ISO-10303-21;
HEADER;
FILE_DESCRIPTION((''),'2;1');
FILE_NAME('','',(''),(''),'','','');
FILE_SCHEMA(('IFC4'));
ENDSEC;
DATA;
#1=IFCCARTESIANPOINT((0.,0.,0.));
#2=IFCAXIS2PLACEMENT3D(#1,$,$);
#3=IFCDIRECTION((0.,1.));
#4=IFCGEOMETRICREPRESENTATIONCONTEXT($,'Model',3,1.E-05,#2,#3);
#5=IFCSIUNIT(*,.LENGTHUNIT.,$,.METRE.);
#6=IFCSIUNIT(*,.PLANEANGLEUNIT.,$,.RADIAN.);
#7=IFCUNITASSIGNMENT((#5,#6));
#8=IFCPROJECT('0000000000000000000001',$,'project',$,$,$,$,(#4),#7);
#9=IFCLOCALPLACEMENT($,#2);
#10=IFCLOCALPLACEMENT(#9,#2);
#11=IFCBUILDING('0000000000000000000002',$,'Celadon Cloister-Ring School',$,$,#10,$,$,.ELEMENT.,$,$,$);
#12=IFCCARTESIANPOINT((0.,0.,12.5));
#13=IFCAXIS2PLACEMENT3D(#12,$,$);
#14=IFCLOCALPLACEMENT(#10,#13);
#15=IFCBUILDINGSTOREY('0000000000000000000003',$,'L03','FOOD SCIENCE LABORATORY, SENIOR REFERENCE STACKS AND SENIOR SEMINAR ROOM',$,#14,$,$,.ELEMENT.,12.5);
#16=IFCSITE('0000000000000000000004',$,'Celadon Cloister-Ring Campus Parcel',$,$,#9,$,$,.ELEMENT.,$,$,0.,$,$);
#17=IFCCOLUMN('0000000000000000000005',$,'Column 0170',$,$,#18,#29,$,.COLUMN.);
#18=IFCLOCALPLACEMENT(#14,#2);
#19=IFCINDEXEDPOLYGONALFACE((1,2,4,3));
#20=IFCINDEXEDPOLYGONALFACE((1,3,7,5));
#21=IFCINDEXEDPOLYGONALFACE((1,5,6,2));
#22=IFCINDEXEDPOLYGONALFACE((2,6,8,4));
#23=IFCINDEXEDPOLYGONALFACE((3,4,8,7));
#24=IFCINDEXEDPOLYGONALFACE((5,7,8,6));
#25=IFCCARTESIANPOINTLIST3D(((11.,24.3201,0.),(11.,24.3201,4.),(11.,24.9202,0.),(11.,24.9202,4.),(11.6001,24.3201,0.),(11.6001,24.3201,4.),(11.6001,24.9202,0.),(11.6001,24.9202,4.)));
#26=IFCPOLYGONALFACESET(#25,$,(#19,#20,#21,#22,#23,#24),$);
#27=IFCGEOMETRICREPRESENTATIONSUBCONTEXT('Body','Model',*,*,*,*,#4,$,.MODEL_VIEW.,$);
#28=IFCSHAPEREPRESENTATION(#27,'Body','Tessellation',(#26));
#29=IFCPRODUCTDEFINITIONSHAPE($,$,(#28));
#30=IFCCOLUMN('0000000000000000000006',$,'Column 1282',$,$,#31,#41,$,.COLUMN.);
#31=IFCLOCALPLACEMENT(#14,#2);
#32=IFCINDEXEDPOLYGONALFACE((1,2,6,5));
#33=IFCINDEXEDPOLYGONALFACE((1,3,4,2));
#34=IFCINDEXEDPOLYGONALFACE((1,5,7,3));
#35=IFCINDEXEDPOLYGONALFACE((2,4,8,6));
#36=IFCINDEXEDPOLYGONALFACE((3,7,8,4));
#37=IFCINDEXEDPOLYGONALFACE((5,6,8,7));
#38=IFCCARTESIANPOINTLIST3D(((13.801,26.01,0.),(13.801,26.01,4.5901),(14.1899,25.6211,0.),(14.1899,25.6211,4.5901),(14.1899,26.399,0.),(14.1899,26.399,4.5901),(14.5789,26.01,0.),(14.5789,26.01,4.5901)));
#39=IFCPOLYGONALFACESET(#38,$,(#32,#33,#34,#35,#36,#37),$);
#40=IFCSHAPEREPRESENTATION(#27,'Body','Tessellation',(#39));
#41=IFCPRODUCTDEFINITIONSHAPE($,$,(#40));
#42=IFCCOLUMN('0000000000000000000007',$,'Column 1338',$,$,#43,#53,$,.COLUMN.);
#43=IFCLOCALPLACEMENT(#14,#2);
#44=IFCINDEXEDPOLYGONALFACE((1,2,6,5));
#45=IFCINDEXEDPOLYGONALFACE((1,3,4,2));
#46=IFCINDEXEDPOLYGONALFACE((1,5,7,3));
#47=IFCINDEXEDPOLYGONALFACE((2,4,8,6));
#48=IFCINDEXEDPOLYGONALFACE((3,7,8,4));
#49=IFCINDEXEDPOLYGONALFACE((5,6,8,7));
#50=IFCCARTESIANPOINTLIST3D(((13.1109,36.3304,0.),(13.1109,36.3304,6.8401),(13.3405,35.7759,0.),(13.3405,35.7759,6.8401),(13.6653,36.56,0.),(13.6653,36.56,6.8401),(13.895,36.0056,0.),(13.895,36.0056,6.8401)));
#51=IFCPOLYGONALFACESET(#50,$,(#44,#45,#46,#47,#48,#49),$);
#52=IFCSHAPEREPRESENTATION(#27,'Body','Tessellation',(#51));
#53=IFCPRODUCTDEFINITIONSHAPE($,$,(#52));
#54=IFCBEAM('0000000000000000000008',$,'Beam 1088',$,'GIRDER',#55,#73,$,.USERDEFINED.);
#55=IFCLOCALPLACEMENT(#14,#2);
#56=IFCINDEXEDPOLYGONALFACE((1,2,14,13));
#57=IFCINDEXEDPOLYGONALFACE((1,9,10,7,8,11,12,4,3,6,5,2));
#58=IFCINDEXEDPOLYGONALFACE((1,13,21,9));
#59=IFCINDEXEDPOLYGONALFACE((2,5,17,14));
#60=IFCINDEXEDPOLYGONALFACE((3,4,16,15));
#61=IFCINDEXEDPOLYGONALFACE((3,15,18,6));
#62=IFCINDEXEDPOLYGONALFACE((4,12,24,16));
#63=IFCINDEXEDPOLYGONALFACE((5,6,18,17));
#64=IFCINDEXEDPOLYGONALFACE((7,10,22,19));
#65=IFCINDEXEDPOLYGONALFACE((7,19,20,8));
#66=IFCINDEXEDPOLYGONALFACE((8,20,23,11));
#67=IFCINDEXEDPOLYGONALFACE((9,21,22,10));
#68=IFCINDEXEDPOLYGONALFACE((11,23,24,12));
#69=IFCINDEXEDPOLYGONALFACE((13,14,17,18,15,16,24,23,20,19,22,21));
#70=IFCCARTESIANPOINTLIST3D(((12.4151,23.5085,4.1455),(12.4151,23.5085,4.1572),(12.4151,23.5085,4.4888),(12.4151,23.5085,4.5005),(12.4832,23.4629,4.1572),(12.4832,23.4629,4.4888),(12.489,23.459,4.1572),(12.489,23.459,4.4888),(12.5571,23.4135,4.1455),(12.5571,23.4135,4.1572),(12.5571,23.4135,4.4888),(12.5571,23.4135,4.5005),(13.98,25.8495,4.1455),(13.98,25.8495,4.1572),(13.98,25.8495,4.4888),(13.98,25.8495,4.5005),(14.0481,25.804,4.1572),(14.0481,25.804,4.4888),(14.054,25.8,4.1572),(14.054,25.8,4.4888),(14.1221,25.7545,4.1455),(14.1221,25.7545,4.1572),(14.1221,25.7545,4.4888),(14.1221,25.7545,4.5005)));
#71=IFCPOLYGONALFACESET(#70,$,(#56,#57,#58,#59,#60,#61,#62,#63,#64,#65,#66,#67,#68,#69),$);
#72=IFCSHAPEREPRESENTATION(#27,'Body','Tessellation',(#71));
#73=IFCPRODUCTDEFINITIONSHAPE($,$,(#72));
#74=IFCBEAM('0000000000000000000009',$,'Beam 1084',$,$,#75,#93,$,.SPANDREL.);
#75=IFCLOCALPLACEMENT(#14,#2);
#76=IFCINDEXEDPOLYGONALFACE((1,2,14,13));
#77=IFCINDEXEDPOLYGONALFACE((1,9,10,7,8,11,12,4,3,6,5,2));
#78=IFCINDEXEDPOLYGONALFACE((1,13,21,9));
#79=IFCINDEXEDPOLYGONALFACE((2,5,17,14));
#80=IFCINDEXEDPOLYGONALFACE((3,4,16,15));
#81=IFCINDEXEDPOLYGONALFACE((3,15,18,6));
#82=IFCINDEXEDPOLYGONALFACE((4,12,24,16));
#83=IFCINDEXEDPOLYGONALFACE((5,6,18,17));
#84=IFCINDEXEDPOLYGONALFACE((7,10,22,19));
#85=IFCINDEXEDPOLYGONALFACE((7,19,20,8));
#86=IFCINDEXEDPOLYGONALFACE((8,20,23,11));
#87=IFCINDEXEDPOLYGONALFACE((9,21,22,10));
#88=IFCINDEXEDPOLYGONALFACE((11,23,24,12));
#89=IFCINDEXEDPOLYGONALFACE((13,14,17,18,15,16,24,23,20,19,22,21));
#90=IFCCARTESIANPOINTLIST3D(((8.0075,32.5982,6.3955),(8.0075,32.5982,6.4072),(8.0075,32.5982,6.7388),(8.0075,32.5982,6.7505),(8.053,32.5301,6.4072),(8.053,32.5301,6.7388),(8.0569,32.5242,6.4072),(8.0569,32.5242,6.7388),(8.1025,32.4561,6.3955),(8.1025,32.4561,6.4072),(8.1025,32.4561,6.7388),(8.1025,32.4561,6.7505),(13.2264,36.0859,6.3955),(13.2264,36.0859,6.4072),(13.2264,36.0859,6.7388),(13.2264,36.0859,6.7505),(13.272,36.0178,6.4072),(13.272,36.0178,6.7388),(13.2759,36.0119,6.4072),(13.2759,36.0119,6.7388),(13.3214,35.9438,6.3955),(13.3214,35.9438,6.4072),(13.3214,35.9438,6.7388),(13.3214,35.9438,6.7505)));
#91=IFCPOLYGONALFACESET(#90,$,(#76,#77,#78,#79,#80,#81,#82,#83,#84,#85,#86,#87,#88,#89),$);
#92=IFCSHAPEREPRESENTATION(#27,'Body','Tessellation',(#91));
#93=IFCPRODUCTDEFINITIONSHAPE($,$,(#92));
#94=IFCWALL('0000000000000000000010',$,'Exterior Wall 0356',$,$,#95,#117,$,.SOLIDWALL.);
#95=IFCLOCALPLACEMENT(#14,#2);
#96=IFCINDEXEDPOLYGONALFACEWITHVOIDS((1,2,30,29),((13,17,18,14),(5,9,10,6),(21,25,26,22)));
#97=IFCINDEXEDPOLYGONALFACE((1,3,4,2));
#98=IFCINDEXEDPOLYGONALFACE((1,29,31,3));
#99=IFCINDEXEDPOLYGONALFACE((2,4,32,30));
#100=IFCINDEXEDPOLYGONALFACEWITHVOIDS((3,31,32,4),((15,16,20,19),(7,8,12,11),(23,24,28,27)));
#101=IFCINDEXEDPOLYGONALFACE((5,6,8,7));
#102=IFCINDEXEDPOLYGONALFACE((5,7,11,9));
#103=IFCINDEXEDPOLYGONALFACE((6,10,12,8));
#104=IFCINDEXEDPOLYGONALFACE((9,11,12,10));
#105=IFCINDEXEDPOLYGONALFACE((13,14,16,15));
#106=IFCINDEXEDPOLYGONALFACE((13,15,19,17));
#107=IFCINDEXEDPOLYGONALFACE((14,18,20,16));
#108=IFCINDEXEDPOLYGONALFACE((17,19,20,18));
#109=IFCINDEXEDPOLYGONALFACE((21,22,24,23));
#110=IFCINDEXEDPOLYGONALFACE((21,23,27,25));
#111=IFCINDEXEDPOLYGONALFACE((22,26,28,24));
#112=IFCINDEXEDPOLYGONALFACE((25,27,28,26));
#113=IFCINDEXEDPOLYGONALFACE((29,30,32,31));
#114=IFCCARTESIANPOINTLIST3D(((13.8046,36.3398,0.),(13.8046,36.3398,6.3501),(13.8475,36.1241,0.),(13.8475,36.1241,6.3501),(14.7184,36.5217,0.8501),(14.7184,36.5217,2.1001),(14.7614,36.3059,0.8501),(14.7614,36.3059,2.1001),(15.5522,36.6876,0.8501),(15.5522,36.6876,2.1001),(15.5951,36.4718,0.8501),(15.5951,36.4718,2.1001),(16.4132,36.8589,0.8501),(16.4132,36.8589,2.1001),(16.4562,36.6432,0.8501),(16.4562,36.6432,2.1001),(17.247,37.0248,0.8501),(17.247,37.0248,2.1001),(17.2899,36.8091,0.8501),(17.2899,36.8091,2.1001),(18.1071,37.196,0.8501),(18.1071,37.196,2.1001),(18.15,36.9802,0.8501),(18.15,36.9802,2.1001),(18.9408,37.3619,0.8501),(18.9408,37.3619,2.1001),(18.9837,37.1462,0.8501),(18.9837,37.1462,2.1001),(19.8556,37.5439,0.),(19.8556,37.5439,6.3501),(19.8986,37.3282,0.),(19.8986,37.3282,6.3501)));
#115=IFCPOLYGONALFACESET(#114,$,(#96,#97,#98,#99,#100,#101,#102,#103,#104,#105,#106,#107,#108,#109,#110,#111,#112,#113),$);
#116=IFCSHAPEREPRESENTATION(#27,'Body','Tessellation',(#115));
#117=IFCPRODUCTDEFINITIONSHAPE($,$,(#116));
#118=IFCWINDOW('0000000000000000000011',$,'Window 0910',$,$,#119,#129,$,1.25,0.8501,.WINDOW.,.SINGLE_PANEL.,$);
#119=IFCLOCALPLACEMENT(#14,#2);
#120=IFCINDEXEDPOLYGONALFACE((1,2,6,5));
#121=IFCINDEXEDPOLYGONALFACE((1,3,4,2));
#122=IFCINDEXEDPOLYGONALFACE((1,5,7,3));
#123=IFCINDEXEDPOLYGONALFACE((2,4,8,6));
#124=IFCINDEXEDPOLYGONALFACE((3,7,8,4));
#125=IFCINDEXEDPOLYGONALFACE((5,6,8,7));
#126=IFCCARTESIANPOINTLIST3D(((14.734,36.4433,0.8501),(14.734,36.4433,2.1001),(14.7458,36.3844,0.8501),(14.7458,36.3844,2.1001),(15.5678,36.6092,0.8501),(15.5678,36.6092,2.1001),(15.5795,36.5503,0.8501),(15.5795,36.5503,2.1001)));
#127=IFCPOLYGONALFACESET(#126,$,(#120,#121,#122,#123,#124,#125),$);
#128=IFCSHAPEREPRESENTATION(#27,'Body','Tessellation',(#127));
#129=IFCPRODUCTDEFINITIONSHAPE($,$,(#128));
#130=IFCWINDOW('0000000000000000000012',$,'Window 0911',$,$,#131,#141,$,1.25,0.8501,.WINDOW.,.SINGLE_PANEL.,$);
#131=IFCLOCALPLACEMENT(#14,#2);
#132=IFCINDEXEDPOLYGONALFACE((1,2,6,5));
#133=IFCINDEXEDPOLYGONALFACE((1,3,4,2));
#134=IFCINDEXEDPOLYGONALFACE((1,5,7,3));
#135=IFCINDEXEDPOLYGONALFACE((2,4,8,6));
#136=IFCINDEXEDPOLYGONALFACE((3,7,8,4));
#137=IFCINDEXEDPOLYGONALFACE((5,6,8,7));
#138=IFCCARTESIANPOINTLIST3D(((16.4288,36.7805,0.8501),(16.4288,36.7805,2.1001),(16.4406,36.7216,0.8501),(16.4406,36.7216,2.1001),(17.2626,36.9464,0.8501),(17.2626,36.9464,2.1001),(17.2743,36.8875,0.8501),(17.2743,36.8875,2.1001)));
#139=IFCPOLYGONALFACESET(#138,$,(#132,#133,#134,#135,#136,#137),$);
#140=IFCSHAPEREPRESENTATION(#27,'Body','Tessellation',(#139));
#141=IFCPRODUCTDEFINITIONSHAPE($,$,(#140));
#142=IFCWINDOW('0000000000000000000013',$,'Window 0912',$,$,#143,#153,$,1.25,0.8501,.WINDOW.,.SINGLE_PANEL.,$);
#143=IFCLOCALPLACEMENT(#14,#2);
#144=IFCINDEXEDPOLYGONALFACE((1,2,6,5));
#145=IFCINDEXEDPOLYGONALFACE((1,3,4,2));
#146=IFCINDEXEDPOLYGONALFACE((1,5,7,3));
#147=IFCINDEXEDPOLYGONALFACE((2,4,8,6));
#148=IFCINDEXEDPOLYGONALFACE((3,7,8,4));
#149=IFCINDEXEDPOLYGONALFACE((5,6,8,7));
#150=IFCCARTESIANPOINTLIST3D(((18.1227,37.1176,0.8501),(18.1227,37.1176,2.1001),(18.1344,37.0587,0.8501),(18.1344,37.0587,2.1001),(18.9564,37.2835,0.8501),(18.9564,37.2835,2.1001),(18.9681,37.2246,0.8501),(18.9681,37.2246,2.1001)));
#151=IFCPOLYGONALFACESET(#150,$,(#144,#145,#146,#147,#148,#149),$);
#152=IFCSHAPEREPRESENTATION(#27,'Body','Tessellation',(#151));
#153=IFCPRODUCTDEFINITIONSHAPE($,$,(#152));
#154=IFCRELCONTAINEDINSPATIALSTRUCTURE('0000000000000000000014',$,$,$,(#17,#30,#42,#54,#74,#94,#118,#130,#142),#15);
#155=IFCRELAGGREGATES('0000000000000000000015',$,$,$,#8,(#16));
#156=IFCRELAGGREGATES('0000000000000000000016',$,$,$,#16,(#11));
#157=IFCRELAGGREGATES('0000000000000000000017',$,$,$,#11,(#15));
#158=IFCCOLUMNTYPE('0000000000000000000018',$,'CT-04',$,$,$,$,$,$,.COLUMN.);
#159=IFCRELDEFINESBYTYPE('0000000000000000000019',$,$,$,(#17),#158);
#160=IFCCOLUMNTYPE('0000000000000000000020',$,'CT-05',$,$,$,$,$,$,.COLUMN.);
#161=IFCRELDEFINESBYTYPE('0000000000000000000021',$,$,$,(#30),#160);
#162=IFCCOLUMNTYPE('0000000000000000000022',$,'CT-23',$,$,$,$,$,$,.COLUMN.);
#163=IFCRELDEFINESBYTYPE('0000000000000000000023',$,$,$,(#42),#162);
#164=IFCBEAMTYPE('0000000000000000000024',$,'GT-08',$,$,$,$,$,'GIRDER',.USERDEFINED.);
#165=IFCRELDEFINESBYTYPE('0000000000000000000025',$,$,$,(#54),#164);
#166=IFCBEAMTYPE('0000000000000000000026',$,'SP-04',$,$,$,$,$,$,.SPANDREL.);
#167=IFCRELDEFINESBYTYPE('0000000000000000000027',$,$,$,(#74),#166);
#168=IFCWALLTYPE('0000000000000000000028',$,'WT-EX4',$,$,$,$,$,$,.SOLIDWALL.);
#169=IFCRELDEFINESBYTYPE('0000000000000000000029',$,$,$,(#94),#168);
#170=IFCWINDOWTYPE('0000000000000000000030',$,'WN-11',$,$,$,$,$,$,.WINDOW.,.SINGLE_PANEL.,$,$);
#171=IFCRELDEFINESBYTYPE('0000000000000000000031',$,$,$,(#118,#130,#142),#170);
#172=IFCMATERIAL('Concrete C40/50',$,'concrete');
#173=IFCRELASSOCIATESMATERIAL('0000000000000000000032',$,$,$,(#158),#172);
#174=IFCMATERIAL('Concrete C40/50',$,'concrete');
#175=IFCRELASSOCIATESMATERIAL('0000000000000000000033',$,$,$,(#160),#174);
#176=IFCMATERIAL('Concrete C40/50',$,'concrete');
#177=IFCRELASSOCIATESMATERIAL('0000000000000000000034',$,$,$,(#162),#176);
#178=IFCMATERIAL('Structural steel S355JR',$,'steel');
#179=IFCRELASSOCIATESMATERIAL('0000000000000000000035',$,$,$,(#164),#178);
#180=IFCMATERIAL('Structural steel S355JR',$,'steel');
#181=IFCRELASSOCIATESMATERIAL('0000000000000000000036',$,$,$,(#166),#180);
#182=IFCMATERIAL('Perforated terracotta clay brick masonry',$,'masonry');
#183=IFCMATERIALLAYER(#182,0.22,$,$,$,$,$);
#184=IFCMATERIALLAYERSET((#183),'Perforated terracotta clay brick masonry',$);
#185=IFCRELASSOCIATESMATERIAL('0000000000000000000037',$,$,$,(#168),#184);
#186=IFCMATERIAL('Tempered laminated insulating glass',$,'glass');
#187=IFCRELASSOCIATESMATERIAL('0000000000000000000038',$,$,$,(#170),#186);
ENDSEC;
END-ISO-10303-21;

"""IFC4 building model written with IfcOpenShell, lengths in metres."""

from ifc_helpers import new_model, si_unit, direction, frame, frame_2d, origin, origin_2d, place, context, subcontext, project, spatial, rectangle, i_section, extrude, material, layer, layer_set, material_profile, profile_set, type_object, element, fill, save


model = new_model("IFC4")

# Units and contexts
model_context = context("Model", 3, precision=1e-05, world=origin(), true_north=direction((0.0, 1.0)))
body_context = subcontext(model_context, "Body", "Model", "MODEL_VIEW")
ifc_project = project(units=[si_unit("LENGTHUNIT", "METRE"), si_unit("PLANEANGLEUNIT", "RADIAN")], contexts=[model_context])

# Site, building, storey
site_placement = place(None, origin())
site = spatial("IfcSite", under=ifc_project, at=site_placement, Name="Celadon Cloister-Ring Campus Parcel", CompositionType="ELEMENT", RefElevation=0.0)
building_placement = place(site_placement, origin())
building = spatial("IfcBuilding", under=site, at=building_placement, Name="Celadon Cloister-Ring School", CompositionType="ELEMENT")
storey_placement = place(building_placement, frame((0.0, 0.0, 12.5)))
storey = spatial("IfcBuildingStorey", under=building, at=storey_placement, Name="L03", Description="FOOD SCIENCE LABORATORY, SENIOR REFERENCE STACKS AND SENIOR SEMINAR ROOM", CompositionType="ELEMENT", Elevation=12.5)

# Columns
ifc_material_1 = material(Name="Concrete C40/50", Category="concrete")
ifc_material_profile_1 = material_profile(ifc_material_1, rectangle(XDim=0.6001, YDim=0.6001, at=origin_2d()), Name="RC600X600")
ifc_profile_set_1 = profile_set([ifc_material_profile_1], Name="Concrete C40/50")
column_type_1 = type_object("IfcColumnType", Name="CT-04", PredefinedType="COLUMN", material=ifc_profile_set_1)
column_1_placement = place(storey_placement, frame((11.3, 24.6201, 0.0), z_axis=(0.0, 0.0, 1.0), x_axis=(1.0, 0.0, 0.0)))
element("IfcColumn", 1, at=column_1_placement, inside=storey, type_object=column_type_1, Name="Column 0170", PredefinedType="COLUMN", context=body_context, shape_type="SweptSolid", body=[
    extrude(rectangle(XDim=0.6001, YDim=0.6001, at=origin_2d()), origin(), (0.0, 0.0, 1.0), 4.0),
])
ifc_material_2 = material(Name="Concrete C40/50", Category="concrete")
ifc_material_profile_2 = material_profile(ifc_material_2, rectangle(XDim=0.55, YDim=0.55, at=origin_2d()), Name="RC550X550")
ifc_profile_set_2 = profile_set([ifc_material_profile_2], Name="Concrete C40/50")
column_type_2 = type_object("IfcColumnType", Name="CT-05", PredefinedType="COLUMN", material=ifc_profile_set_2)
column_2_placement = place(storey_placement, frame((14.1899, 26.01, 0.0), z_axis=(0.0, 0.0, 1.0), x_axis=(-0.707107, 0.707107, 0.0)))
element("IfcColumn", 2, at=column_2_placement, inside=storey, type_object=column_type_2, Name="Column 1282", PredefinedType="COLUMN", context=body_context, shape_type="SweptSolid", body=[
    extrude(rectangle(XDim=0.55, YDim=0.55, at=origin_2d()), origin(), (0.0, 0.0, 1.0), 4.5901),
])
ifc_material_3 = material(Name="Concrete C40/50", Category="concrete")
ifc_material_profile_3 = material_profile(ifc_material_3, rectangle(XDim=0.6001, YDim=0.6001, at=origin_2d()), Name="RC600X600")
ifc_profile_set_3 = profile_set([ifc_material_profile_3], Name="Concrete C40/50")
column_type_3 = type_object("IfcColumnType", Name="CT-23", PredefinedType="COLUMN", material=ifc_profile_set_3)
column_3_placement = place(storey_placement, frame((13.5029, 36.168, 0.0), z_axis=(0.0, 0.0, 1.0), x_axis=(-0.382683, 0.92388, 0.0)))
element("IfcColumn", 3, at=column_3_placement, inside=storey, type_object=column_type_3, Name="Column 1338", PredefinedType="COLUMN", context=body_context, shape_type="SweptSolid", body=[
    extrude(rectangle(XDim=0.6001, YDim=0.6001, at=origin_2d()), origin(), (0.0, 0.0, 1.0), 6.8401),
])

# Beams
ifc_material_4 = material(Name="Structural steel S355JR", Category="steel")
ifc_material_profile_4 = material_profile(ifc_material_4, i_section(OverallWidth=0.1709, OverallDepth=0.355, WebThickness=0.0071, FlangeThickness=0.0117, at=origin_2d()), Name="W360X51")
ifc_profile_set_4 = profile_set([ifc_material_profile_4], Name="Structural steel S355JR")
beam_type_1 = type_object("IfcBeamType", Name="GT-08", ElementType="GIRDER", PredefinedType="USERDEFINED", material=ifc_profile_set_4)
beam_1_placement = place(storey_placement, frame((14.051, 25.802, 4.323), z_axis=(-0.55574, -0.831356, 0.0), x_axis=(0.831356, -0.55574, 0.0)))
element("IfcBeam", 4, at=beam_1_placement, inside=storey, type_object=beam_type_1, Name="Beam 1088", ObjectType="GIRDER", PredefinedType="USERDEFINED", context=body_context, shape_type="SweptSolid", body=[
    extrude(i_section(OverallWidth=0.1709, OverallDepth=0.355, WebThickness=0.0071, FlangeThickness=0.0117, at=origin_2d()), origin(), (0.0, 0.0, 1.0), 2.8159),
])
ifc_material_5 = material(Name="Structural steel S355JR", Category="steel")
ifc_material_profile_5 = material_profile(ifc_material_5, i_section(OverallWidth=0.1709, OverallDepth=0.355, WebThickness=0.0071, FlangeThickness=0.0117, at=origin_2d()), Name="W360X51")
ifc_profile_set_5 = profile_set([ifc_material_profile_5], Name="Structural steel S355JR")
beam_type_2 = type_object("IfcBeamType", Name="SP-04", PredefinedType="SPANDREL", material=ifc_profile_set_5)
beam_2_placement = place(storey_placement, frame((13.2739, 36.0149, 6.573), z_axis=(-0.831427, -0.555633, 0.0), x_axis=(0.555633, -0.831427, 0.0)))
element("IfcBeam", 5, at=beam_2_placement, inside=storey, type_object=beam_type_2, Name="Beam 1084", PredefinedType="SPANDREL", context=body_context, shape_type="SweptSolid", body=[
    extrude(i_section(OverallWidth=0.1709, OverallDepth=0.355, WebThickness=0.0071, FlangeThickness=0.0117, at=origin_2d()), origin(), (0.0, 0.0, 1.0), 6.2771),
])

# Wall, openings, windows
ifc_material_6 = material(Name="Perforated terracotta clay brick masonry", Category="masonry")
ifc_layer_1 = layer(ifc_material_6, 0.22)
ifc_layer_set_1 = layer_set([ifc_layer_1], Name="Perforated terracotta clay brick masonry")
wall_type_1 = type_object("IfcWallType", Name="WT-EX4", PredefinedType="SOLIDWALL", material=ifc_layer_set_1)
wall_1_placement = place(storey_placement, frame((13.8259, 36.2319, 0.0), z_axis=(0.0, 0.0, 1.0), x_axis=(0.98077, 0.195165, 0.0)))
wall_1 = element("IfcWall", 6, at=wall_1_placement, inside=storey, type_object=wall_type_1, Name="Exterior Wall 0356", PredefinedType="SOLIDWALL", context=body_context, shape_type="SweptSolid", body=[
    extrude(rectangle(XDim=6.1697, YDim=0.22, at=frame_2d((3.085, 0.0))), origin(), (0.0, 0.0, 1.0), 6.3501),
])
opening_1_placement = place(wall_1_placement, frame((0.9319, 0.0, 0.8501)))
opening_1 = element("IfcOpeningElement", 7, at=opening_1_placement, cuts=wall_1, PredefinedType="OPENING", context=body_context, shape_type="SweptSolid", body=[
    extrude(rectangle(XDim=0.8501, YDim=1.25, at=frame_2d((0.425, 0.625))), frame((0.0, 0.1201, 0.0), z_axis=(0.0, -1.0, 0.0), x_axis=(1.0, 0.0, 0.0)), (0.0, 0.0, 1.0), 0.24),
])
opening_2_placement = place(wall_1_placement, frame((2.6599, 0.0, 0.8501)))
opening_2 = element("IfcOpeningElement", 8, at=opening_2_placement, cuts=wall_1, PredefinedType="OPENING", context=body_context, shape_type="SweptSolid", body=[
    extrude(rectangle(XDim=0.8501, YDim=1.25, at=frame_2d((0.425, 0.625))), frame((0.0, 0.1201, 0.0), z_axis=(0.0, -1.0, 0.0), x_axis=(1.0, 0.0, 0.0)), (0.0, 0.0, 1.0), 0.24),
])
opening_3_placement = place(wall_1_placement, frame((4.387, 0.0, 0.8501)))
opening_3 = element("IfcOpeningElement", 9, at=opening_3_placement, cuts=wall_1, PredefinedType="OPENING", context=body_context, shape_type="SweptSolid", body=[
    extrude(rectangle(XDim=0.8501, YDim=1.25, at=frame_2d((0.425, 0.625))), frame((0.0, 0.1201, 0.0), z_axis=(0.0, -1.0, 0.0), x_axis=(1.0, 0.0, 0.0)), (0.0, 0.0, 1.0), 0.24),
])
ifc_material_7 = material(Name="Tempered laminated insulating glass", Category="glass")
window_type = type_object("IfcWindowType", Name="WN-11", PartitioningType="SINGLE_PANEL", PredefinedType="WINDOW", material=ifc_material_7)
window_1_placement = place(opening_1_placement, origin())
window_1 = element("IfcWindow", 10, at=window_1_placement, inside=storey, type_object=window_type, Name="Window 0910", OverallHeight=1.25, OverallWidth=0.8501, PartitioningType="SINGLE_PANEL", PredefinedType="WINDOW", context=body_context, shape_type="SweptSolid", body=[
    extrude(rectangle(XDim=0.8501, YDim=1.25, at=frame_2d((0.425, 0.625))), frame((0.0, 0.03, 0.0), z_axis=(0.0, -1.0, 0.0), x_axis=(1.0, 0.0, 0.0)), (0.0, 0.0, 1.0), 0.0601),
])
fill(opening_1, window_1)
window_2_placement = place(opening_2_placement, origin())
window_2 = element("IfcWindow", 11, at=window_2_placement, inside=storey, type_object=window_type, Name="Window 0911", OverallHeight=1.25, OverallWidth=0.8501, PartitioningType="SINGLE_PANEL", PredefinedType="WINDOW", context=body_context, shape_type="SweptSolid", body=[
    extrude(rectangle(XDim=0.8501, YDim=1.25, at=frame_2d((0.425, 0.625))), frame((0.0, 0.03, 0.0), z_axis=(0.0, -1.0, 0.0), x_axis=(1.0, 0.0, 0.0)), (0.0, 0.0, 1.0), 0.0601),
])
fill(opening_2, window_2)
window_3_placement = place(opening_3_placement, origin())
window_3 = element("IfcWindow", 12, at=window_3_placement, inside=storey, type_object=window_type, Name="Window 0912", OverallHeight=1.25, OverallWidth=0.8501, PartitioningType="SINGLE_PANEL", PredefinedType="WINDOW", context=body_context, shape_type="SweptSolid", body=[
    extrude(rectangle(XDim=0.8501, YDim=1.25, at=frame_2d((0.425, 0.625))), frame((0.0, 0.03, 0.0), z_axis=(0.0, -1.0, 0.0), x_axis=(1.0, 0.0, 0.0)), (0.0, 0.0, 1.0), 0.0601),
])
fill(opening_3, window_3)

save(model, "model.ifc")
